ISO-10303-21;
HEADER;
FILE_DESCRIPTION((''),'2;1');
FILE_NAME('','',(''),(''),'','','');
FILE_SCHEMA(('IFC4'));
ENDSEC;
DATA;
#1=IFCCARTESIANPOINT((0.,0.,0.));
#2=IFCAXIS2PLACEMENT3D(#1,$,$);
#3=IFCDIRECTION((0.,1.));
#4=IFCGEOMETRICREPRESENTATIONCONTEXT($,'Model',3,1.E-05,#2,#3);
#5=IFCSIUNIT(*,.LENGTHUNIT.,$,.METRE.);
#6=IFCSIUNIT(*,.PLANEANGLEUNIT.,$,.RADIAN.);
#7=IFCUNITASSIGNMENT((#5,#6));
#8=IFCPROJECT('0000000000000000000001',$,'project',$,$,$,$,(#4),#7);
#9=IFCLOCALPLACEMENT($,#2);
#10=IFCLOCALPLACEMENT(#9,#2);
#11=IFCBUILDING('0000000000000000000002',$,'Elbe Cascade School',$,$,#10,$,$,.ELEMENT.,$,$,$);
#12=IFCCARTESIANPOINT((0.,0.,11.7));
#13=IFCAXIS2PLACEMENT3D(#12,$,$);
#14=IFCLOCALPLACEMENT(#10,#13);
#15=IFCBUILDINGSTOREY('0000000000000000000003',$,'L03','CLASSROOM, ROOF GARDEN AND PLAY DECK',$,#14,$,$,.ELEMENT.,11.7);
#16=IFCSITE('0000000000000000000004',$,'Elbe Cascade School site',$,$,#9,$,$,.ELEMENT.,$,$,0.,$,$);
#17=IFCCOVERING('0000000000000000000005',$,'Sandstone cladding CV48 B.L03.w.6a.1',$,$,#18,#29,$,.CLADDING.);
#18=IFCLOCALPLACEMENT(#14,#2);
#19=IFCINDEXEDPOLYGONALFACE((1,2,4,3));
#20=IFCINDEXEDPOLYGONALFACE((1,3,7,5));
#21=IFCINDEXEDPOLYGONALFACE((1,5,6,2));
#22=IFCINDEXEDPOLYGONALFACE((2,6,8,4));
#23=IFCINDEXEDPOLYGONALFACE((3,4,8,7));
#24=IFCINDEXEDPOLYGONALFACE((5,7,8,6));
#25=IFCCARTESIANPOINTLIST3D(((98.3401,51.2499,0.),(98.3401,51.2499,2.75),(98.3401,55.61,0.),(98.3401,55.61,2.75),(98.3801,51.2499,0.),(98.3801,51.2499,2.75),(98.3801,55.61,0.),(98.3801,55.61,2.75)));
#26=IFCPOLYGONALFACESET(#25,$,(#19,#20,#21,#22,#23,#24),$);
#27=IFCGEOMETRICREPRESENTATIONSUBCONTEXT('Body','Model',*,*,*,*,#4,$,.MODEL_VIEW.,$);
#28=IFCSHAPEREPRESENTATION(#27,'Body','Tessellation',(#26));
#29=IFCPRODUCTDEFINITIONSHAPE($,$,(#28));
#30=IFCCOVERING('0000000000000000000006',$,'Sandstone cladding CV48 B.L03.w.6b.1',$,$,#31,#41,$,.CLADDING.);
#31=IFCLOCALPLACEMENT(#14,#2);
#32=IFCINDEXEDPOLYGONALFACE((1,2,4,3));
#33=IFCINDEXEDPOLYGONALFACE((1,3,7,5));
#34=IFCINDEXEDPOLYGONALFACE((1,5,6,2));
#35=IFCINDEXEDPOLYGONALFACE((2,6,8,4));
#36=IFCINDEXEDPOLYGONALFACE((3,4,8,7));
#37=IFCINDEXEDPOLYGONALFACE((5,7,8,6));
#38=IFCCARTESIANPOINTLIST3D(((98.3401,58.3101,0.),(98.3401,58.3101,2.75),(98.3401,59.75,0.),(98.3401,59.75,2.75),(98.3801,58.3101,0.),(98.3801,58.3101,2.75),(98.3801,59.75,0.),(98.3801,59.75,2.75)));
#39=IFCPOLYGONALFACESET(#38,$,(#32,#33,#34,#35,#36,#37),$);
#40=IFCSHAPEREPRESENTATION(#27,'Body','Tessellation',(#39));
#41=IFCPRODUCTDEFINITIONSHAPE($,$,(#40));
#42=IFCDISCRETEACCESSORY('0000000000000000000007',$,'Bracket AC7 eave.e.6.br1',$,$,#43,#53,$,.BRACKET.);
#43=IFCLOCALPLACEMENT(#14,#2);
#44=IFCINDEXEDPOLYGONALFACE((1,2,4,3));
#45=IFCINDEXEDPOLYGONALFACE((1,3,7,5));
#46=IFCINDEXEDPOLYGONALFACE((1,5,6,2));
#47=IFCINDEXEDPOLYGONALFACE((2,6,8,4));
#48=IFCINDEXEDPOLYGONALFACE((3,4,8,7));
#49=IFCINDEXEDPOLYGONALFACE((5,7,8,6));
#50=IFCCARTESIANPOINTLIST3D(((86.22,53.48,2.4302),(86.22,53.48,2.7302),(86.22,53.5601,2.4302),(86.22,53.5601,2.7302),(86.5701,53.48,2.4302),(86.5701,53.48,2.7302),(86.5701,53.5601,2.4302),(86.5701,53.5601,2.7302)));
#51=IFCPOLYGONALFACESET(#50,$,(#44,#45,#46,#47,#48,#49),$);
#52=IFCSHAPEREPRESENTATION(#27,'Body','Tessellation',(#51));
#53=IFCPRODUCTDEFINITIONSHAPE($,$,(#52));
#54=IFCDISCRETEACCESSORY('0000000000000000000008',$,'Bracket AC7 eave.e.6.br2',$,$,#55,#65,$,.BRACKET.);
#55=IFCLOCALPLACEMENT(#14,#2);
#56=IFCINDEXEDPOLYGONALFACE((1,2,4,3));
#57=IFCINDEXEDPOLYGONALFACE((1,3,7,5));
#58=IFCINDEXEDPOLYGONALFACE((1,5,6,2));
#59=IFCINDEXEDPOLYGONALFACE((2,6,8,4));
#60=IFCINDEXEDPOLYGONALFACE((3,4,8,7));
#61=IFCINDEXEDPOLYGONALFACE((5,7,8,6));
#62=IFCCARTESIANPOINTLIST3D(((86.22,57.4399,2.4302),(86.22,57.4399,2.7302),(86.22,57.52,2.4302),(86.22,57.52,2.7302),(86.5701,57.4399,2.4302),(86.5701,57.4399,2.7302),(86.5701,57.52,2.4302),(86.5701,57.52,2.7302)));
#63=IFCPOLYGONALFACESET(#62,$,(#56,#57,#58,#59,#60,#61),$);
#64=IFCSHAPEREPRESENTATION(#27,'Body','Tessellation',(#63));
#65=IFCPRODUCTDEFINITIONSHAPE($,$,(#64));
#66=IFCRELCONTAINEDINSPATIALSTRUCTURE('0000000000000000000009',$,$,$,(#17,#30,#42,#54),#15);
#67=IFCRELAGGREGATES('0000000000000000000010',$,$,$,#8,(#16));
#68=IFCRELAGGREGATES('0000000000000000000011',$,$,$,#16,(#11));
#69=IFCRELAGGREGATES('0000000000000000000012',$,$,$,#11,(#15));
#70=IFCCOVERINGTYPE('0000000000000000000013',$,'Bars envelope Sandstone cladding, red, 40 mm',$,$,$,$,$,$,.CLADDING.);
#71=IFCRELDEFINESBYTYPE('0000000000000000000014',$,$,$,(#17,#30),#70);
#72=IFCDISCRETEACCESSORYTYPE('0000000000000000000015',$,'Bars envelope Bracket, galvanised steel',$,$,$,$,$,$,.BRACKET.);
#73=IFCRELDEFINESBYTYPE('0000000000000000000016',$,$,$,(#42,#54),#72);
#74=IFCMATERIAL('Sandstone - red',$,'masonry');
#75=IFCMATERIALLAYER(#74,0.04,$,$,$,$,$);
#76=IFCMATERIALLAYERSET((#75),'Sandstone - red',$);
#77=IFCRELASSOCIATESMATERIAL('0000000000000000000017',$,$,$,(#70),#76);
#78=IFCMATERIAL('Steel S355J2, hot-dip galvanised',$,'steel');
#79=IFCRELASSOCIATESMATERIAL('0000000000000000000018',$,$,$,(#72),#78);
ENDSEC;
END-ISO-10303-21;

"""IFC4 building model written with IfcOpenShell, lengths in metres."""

from ifc_helpers import new_model, si_unit, direction, frame, origin, origin_2d, place, context, subcontext, project, spatial, rectangle, extrude, material, layer, layer_set, type_object, element, save


model = new_model("IFC4")

# Units and contexts
model_context = context("Model", 3, precision=1e-05, world=origin(), true_north=direction((0.0, 1.0)))
body_context = subcontext(model_context, "Body", "Model", "MODEL_VIEW")
ifc_project = project(units=[si_unit("LENGTHUNIT", "METRE"), si_unit("PLANEANGLEUNIT", "RADIAN")], contexts=[model_context])

# Site, building, storey
site_placement = place(None, origin())
site = spatial("IfcSite", under=ifc_project, at=site_placement, Name="Elbe Cascade School site", CompositionType="ELEMENT", RefElevation=0.0)
building_placement = place(site_placement, origin())
building = spatial("IfcBuilding", under=site, at=building_placement, Name="Elbe Cascade School", CompositionType="ELEMENT")
storey_placement = place(building_placement, frame((0.0, 0.0, 11.7)))
storey = spatial("IfcBuildingStorey", under=building, at=storey_placement, Name="L03", Description="CLASSROOM, ROOF GARDEN AND PLAY DECK", CompositionType="ELEMENT", Elevation=11.7)

# Coverings
ifc_material_1 = material(Name="Sandstone - red", Category="masonry")
ifc_layer_1 = layer(ifc_material_1, 0.04)
ifc_layer_set_1 = layer_set([ifc_layer_1], Name="Sandstone - red")
covering_type = type_object("IfcCoveringType", Name="Bars envelope Sandstone cladding, red, 40 mm", PredefinedType="CLADDING", material=ifc_layer_set_1)
covering_1_placement = place(storey_placement, frame((98.3601, 53.4299, 0.0), z_axis=(0.0, 0.0, 1.0), x_axis=(0.0, 1.0, 0.0)))
element("IfcCovering", 1, at=covering_1_placement, inside=storey, type_object=covering_type, Name="Sandstone cladding CV48 B.L03.w.6a.1", PredefinedType="CLADDING", context=body_context, shape_type="SweptSolid", body=[
    extrude(rectangle(XDim=4.3601, YDim=0.04, at=origin_2d()), origin(), (0.0, 0.0, 1.0), 2.75),
])
covering_2_placement = place(storey_placement, frame((98.3601, 59.03, 0.0), z_axis=(0.0, 0.0, 1.0), x_axis=(0.0, 1.0, 0.0)))
element("IfcCovering", 2, at=covering_2_placement, inside=storey, type_object=covering_type, Name="Sandstone cladding CV48 B.L03.w.6b.1", PredefinedType="CLADDING", context=body_context, shape_type="SweptSolid", body=[
    extrude(rectangle(XDim=1.4399, YDim=0.04, at=origin_2d()), origin(), (0.0, 0.0, 1.0), 2.75),
])

# Discrete accessories
ifc_material_2 = material(Name="Steel S355J2, hot-dip galvanised", Category="steel")
discrete_accessory_type = type_object("IfcDiscreteAccessoryType", Name="Bars envelope Bracket, galvanised steel", PredefinedType="BRACKET", material=ifc_material_2)
for number, where, z_axis, x_axis, name in (
    (3, (86.395, 53.52, 2.4302), (0.0, 0.0, 1.0), (0.0, 1.0, 0.0), "Bracket AC7 eave.e.6.br1"),
    (4, (86.395, 57.48, 2.4302), (0.0, 0.0, 1.0), (0.0, 1.0, 0.0), "Bracket AC7 eave.e.6.br2"),
):
    element("IfcDiscreteAccessory", number, at=place(storey_placement, frame(where, z_axis=z_axis, x_axis=x_axis)), inside=storey, type_object=discrete_accessory_type, Name=name, PredefinedType="BRACKET", context=body_context, shape_type="SweptSolid", body=[
        extrude(rectangle(XDim=0.0801, YDim=0.3501, at=origin_2d()), origin(), (0.0, 0.0, 1.0), 0.3),
    ])

save(model, "model.ifc")
